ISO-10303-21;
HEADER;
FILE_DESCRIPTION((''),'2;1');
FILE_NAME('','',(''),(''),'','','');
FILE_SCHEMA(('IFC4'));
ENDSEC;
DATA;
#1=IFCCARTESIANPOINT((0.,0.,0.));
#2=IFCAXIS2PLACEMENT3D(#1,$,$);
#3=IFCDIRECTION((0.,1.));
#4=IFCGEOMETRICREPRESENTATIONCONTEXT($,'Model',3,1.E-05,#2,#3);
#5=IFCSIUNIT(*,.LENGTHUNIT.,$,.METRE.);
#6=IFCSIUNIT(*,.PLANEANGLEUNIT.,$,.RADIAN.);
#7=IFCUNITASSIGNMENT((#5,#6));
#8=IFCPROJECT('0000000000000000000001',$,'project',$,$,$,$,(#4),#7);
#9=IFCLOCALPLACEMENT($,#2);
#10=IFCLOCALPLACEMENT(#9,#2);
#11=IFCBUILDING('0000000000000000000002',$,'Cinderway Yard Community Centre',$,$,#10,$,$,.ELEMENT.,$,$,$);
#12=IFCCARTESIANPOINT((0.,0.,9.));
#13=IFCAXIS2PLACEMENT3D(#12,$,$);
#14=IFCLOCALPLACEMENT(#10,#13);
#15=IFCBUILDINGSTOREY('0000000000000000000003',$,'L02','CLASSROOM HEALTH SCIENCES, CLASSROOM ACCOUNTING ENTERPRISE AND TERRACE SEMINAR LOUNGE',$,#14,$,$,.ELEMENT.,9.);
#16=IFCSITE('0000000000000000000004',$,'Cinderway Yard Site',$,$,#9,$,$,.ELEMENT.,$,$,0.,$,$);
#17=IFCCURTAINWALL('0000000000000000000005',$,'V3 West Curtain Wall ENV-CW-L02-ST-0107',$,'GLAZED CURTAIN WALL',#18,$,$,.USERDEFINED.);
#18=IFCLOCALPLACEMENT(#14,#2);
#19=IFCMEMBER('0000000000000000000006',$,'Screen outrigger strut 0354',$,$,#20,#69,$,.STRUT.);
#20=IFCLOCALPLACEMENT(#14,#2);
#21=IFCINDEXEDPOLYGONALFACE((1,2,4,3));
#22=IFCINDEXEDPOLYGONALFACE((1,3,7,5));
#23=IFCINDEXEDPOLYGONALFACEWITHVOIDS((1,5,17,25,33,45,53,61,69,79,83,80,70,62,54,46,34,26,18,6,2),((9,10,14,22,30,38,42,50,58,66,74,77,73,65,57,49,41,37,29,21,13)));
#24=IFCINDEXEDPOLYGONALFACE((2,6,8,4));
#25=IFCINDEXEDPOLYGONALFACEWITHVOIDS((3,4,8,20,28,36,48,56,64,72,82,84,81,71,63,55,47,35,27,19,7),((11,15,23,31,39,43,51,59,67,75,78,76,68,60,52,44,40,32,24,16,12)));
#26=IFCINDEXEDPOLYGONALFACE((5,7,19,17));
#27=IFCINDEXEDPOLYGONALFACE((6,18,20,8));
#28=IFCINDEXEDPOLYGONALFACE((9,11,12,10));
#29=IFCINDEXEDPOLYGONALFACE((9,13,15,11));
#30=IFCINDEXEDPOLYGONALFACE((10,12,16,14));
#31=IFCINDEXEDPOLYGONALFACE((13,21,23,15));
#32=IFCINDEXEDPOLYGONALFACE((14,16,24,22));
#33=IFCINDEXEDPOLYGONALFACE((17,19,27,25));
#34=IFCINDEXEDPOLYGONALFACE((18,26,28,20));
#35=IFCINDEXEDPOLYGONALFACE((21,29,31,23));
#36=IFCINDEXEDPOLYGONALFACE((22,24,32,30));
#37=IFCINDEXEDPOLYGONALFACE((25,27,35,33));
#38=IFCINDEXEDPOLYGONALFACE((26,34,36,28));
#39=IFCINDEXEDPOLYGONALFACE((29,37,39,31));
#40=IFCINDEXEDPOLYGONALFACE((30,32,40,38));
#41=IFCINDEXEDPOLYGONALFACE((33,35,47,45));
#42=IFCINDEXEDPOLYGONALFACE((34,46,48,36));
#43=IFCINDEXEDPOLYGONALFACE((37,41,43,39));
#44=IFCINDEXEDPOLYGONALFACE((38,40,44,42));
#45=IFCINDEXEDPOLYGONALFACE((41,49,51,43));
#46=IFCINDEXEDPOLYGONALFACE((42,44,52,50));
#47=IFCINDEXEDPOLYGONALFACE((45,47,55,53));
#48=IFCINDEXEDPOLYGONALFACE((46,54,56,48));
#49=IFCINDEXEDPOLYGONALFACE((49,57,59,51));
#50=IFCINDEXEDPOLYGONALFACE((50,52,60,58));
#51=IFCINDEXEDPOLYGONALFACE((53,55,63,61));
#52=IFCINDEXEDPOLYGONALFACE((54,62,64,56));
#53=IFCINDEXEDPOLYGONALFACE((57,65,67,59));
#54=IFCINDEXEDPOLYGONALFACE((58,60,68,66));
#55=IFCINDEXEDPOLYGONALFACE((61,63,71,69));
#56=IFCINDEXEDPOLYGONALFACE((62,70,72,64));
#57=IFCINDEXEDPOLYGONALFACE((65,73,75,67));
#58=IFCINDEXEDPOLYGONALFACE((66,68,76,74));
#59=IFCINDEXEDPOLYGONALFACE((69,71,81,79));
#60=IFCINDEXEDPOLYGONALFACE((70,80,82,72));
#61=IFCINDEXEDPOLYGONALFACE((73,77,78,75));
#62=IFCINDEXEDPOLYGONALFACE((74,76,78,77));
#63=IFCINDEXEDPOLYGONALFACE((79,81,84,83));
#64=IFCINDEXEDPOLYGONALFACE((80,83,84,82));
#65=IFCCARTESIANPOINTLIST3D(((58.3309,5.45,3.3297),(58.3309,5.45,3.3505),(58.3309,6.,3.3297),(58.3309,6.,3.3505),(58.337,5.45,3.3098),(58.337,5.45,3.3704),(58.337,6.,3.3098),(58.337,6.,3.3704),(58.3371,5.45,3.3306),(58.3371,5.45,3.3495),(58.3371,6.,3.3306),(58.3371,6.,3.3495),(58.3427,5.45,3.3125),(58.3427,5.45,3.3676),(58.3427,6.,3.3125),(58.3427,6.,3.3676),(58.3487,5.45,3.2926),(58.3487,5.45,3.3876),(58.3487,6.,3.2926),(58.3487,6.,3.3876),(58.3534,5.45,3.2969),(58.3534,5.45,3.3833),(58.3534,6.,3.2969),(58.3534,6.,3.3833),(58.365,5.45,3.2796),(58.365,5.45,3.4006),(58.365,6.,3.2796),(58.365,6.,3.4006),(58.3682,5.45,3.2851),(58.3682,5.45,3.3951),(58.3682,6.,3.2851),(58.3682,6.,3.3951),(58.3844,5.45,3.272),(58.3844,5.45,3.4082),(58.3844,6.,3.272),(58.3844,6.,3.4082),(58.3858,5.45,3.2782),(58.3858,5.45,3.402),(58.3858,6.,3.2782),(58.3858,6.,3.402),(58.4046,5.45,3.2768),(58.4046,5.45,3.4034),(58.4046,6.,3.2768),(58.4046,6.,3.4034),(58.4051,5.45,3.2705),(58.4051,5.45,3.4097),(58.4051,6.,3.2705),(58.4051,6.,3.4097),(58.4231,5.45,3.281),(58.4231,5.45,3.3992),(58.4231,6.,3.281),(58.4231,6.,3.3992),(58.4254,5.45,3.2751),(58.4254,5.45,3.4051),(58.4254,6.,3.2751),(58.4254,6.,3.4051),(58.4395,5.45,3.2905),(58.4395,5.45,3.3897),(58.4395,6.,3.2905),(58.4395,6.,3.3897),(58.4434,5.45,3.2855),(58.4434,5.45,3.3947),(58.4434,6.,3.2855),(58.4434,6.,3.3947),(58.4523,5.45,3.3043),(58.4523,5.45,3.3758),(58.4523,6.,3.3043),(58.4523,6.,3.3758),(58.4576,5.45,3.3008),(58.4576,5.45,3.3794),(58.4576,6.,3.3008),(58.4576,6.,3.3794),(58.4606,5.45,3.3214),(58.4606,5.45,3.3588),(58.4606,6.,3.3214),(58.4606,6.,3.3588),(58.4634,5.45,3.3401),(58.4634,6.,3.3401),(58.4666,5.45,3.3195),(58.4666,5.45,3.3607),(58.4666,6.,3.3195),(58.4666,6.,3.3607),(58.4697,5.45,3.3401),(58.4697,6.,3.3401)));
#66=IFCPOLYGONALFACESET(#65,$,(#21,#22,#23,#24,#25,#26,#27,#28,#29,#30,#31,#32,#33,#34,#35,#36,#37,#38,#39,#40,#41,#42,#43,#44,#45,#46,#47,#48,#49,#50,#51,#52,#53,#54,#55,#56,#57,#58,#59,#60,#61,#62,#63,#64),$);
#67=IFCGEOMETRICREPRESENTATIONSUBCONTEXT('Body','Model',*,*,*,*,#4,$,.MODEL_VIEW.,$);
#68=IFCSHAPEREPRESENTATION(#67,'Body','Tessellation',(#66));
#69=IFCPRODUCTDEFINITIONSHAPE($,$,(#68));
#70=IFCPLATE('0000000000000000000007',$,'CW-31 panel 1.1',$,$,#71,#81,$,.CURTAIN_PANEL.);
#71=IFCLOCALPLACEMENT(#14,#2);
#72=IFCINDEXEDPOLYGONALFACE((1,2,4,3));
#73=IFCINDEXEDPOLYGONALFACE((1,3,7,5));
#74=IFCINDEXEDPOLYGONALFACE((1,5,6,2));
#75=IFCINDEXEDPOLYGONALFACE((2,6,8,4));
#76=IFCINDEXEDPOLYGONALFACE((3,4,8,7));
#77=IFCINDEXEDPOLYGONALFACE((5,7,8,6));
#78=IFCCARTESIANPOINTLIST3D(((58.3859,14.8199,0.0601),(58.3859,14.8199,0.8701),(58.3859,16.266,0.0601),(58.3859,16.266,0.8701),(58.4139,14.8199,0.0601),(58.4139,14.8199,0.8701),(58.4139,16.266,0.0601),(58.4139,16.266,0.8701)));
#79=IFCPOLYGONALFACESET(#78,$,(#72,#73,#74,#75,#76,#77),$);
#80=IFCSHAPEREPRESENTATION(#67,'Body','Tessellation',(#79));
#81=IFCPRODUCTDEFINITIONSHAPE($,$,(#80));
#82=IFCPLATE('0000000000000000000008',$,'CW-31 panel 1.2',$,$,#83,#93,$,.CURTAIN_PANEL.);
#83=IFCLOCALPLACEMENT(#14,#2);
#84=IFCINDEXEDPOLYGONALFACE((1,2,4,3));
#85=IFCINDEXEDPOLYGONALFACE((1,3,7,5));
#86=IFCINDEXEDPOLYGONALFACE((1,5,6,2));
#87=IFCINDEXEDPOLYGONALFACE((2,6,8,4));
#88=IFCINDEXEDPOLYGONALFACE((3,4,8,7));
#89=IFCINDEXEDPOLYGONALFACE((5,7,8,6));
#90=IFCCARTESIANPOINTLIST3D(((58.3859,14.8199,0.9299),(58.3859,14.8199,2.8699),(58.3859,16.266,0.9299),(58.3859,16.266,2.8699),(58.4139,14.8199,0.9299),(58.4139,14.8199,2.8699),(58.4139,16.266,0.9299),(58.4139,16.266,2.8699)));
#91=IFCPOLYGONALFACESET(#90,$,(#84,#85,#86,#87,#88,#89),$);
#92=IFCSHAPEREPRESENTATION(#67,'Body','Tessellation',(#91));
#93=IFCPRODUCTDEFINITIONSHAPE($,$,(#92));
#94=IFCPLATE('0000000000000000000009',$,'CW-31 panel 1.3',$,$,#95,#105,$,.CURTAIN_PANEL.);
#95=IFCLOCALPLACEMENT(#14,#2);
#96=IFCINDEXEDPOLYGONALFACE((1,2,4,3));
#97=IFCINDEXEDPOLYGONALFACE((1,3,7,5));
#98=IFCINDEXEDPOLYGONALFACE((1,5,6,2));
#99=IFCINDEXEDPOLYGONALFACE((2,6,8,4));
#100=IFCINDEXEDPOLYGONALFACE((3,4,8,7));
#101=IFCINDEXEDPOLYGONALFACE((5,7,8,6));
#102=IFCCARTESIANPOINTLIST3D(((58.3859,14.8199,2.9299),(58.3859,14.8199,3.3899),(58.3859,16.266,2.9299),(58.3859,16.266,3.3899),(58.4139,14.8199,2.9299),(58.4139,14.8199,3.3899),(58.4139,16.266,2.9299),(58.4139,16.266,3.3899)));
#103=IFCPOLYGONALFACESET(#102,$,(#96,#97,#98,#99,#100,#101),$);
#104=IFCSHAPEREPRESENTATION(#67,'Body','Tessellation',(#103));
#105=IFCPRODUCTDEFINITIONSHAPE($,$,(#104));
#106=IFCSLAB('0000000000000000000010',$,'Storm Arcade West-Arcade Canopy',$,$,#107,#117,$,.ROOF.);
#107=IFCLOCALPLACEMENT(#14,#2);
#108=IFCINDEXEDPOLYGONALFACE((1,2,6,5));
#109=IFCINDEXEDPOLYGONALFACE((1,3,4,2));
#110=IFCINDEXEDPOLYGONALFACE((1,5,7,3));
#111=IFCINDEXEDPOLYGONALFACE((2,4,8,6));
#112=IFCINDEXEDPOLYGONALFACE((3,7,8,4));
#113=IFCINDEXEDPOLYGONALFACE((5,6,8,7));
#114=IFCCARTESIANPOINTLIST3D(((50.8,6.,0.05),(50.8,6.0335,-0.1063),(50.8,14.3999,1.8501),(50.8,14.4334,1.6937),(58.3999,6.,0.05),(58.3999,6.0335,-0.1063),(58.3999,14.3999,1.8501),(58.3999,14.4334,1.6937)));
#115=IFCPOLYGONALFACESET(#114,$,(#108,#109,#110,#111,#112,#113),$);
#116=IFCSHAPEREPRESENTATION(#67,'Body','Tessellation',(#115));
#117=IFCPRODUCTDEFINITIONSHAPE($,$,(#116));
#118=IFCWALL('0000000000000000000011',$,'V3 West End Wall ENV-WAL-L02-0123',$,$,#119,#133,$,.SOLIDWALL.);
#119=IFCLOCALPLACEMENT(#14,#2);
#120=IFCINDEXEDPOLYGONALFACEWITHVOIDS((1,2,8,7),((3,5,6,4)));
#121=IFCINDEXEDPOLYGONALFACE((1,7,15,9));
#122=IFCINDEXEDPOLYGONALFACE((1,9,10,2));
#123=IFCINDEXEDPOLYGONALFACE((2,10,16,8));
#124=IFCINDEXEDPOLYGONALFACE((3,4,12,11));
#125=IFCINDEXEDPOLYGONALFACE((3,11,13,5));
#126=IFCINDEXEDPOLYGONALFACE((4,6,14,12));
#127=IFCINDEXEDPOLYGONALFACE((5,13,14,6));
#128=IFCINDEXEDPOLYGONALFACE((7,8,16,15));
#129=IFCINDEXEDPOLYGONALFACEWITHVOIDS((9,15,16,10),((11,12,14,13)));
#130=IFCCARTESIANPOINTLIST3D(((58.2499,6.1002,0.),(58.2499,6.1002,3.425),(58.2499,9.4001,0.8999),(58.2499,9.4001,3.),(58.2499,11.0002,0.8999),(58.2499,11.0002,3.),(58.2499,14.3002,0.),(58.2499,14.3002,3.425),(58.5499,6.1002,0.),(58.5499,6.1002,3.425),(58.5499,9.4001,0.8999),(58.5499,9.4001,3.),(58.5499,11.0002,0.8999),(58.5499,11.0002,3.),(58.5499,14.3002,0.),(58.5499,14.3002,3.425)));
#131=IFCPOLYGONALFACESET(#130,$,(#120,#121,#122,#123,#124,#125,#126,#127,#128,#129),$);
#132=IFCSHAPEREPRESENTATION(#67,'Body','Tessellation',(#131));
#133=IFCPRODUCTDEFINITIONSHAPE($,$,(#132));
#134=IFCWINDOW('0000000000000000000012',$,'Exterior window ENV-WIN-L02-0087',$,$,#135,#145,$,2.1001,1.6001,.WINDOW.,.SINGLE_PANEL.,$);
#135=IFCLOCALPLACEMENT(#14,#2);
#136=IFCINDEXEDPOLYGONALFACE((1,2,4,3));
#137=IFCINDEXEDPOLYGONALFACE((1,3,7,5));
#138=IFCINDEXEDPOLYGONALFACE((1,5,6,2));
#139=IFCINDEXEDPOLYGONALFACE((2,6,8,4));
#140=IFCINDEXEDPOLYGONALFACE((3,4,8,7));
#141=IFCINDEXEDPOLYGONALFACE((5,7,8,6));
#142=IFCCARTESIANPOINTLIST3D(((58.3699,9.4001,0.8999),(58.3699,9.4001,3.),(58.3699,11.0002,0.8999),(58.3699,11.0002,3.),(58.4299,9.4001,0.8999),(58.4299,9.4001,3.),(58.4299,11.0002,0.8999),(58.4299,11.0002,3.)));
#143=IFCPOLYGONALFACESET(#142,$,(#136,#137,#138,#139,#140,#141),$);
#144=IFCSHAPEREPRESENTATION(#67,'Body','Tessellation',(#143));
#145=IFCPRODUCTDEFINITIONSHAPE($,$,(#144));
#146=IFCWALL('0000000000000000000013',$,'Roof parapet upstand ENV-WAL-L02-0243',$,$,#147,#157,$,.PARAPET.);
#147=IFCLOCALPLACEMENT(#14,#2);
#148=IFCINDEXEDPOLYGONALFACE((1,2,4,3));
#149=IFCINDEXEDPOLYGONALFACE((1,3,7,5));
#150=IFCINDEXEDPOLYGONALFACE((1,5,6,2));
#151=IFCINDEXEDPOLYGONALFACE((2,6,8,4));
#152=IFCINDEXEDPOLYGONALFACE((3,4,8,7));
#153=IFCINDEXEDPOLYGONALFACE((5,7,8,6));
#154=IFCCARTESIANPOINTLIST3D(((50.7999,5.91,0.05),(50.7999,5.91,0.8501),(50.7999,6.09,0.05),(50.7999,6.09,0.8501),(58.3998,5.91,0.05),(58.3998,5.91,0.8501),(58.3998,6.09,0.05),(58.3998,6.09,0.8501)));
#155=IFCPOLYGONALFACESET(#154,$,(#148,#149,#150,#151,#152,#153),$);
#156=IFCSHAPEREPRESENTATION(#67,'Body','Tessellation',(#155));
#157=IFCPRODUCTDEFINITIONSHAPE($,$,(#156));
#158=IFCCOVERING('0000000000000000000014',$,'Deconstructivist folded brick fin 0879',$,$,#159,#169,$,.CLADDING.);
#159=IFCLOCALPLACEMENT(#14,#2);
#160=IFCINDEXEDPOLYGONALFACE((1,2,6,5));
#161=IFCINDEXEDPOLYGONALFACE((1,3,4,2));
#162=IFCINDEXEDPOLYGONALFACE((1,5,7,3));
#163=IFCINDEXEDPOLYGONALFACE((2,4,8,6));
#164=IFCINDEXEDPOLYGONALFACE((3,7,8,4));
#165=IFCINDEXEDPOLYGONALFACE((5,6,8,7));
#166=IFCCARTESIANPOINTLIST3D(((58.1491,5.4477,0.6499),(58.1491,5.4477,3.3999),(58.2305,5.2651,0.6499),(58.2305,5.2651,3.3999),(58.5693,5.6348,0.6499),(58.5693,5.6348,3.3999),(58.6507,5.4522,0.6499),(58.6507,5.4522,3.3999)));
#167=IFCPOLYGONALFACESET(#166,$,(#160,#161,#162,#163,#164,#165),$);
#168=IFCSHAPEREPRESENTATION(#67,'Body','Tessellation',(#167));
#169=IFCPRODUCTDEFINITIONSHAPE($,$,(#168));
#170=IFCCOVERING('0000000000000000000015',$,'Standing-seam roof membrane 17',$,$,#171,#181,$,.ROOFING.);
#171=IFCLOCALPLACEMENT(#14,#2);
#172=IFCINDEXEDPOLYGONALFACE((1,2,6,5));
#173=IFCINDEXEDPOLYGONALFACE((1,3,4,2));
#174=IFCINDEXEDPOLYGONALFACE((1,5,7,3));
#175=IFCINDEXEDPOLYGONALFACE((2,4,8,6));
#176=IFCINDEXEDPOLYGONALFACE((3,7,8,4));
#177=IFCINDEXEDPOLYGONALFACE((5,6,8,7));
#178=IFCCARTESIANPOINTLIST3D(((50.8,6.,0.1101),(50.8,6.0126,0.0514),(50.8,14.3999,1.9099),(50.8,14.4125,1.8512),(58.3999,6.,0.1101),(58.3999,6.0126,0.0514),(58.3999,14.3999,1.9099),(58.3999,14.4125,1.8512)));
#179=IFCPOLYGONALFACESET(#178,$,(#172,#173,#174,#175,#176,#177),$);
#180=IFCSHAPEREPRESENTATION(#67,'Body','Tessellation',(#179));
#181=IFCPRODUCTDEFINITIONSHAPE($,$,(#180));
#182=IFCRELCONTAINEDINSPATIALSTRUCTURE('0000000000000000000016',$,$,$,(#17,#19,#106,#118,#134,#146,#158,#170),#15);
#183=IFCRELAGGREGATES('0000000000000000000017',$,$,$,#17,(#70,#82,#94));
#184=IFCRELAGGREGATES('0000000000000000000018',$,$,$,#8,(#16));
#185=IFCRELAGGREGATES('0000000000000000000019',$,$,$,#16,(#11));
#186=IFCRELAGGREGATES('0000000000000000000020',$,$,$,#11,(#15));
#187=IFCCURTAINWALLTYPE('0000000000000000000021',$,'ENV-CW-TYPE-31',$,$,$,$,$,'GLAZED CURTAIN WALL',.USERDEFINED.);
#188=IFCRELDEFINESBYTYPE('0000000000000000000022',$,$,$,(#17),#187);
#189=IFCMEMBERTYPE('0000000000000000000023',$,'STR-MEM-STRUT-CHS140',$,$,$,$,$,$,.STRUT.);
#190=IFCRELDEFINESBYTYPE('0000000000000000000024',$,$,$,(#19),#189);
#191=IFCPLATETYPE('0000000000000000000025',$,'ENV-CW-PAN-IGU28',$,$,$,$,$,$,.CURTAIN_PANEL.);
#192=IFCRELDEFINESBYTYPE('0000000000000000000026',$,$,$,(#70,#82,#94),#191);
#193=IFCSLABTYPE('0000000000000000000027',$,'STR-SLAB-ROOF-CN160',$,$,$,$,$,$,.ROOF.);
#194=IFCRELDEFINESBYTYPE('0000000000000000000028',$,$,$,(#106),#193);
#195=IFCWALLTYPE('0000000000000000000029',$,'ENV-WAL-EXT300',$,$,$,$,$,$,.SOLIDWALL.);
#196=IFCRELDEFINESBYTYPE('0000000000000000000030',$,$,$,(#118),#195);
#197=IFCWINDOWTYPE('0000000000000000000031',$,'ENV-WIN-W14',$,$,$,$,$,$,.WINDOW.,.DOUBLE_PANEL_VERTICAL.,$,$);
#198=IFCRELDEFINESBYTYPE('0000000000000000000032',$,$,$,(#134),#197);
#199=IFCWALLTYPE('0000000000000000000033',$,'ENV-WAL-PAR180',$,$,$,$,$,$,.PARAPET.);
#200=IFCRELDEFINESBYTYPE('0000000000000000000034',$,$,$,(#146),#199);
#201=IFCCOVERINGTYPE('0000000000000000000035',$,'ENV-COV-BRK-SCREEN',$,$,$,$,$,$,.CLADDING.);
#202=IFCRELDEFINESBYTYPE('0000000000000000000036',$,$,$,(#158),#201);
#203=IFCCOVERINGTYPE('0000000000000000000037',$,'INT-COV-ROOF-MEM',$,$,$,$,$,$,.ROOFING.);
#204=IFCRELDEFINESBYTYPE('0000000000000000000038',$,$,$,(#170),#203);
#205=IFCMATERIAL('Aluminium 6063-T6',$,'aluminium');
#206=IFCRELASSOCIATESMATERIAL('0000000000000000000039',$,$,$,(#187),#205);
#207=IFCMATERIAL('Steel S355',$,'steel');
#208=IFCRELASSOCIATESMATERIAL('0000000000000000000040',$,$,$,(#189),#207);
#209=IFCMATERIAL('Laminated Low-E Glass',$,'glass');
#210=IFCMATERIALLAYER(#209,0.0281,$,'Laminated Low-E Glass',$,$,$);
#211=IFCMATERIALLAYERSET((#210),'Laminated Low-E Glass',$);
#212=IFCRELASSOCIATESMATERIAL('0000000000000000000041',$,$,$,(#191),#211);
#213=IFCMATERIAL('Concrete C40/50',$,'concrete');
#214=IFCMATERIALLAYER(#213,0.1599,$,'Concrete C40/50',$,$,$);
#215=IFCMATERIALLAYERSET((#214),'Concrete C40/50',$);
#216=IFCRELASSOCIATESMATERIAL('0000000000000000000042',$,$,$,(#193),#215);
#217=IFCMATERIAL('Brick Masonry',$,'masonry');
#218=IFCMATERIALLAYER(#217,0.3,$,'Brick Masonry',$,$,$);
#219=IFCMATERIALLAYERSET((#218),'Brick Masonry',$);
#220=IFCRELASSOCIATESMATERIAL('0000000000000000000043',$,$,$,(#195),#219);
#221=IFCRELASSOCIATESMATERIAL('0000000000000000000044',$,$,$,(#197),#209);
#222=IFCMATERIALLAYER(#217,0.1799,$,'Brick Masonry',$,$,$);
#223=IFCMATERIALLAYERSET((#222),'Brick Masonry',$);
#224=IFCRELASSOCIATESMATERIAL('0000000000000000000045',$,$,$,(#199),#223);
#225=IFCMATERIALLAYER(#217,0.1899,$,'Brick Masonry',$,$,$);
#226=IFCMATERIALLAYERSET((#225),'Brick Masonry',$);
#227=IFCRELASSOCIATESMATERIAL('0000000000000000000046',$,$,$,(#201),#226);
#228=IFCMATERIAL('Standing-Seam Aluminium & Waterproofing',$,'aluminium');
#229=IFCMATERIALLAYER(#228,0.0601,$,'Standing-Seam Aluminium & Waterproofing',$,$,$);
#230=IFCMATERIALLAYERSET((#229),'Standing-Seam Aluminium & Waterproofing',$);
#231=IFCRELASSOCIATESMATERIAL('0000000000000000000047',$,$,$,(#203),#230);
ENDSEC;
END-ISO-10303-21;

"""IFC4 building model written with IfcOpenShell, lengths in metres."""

from ifc_helpers import new_model, si_unit, direction, frame, frame_2d, origin, origin_2d, place, context, subcontext, project, spatial, polyline, rectangle, hollow_circle, outline, extrude, material, layer, layer_set, material_profile, profile_set, type_object, element, fill, aggregate, save


model = new_model("IFC4")

# Units and contexts
model_context = context("Model", 3, precision=1e-05, world=origin(), true_north=direction((0.0, 1.0)))
body_context = subcontext(model_context, "Body", "Model", "MODEL_VIEW")
ifc_project = project(units=[si_unit("LENGTHUNIT", "METRE"), si_unit("PLANEANGLEUNIT", "RADIAN")], contexts=[model_context])

# Site, building, storey
site_placement = place(None, origin())
site = spatial("IfcSite", under=ifc_project, at=site_placement, Name="Cinderway Yard Site", CompositionType="ELEMENT", RefElevation=0.0)
building_placement = place(site_placement, origin())
building = spatial("IfcBuilding", under=site, at=building_placement, Name="Cinderway Yard Community Centre", CompositionType="ELEMENT")
storey_placement = place(building_placement, frame((0.0, 0.0, 9.0)))
storey = spatial("IfcBuildingStorey", under=building, at=storey_placement, Name="L02", Description="CLASSROOM HEALTH SCIENCES, CLASSROOM ACCOUNTING ENTERPRISE AND TERRACE SEMINAR LOUNGE", CompositionType="ELEMENT", Elevation=9.0)

# Shared definitions
ifc_material_1 = material(Name="Concrete C40/50", Category="concrete")

# Curtain wall
ifc_material_2 = material(Name="Aluminium 6063-T6", Category="aluminium")
curtain_wall_type = type_object("IfcCurtainWallType", Name="ENV-CW-TYPE-31", ElementType="GLAZED CURTAIN WALL", PredefinedType="USERDEFINED", material=ifc_material_2)
curtain_wall_placement = place(storey_placement, origin())
curtain_wall = element("IfcCurtainWall", 1, at=curtain_wall_placement, inside=storey, type_object=curtain_wall_type, Name="V3 West Curtain Wall ENV-CW-L02-ST-0107", ObjectType="GLAZED CURTAIN WALL", PredefinedType="USERDEFINED")

# Shared definitions
ifc_material_3 = material(Name="Steel S355", Category="steel")

# Member
ifc_material_profile_1 = material_profile(ifc_material_3, hollow_circle(Radius=0.0698, WallThickness=0.0063, at=origin_2d()), Name="Steel S355")
ifc_profile_set_1 = profile_set([ifc_material_profile_1], Name="Steel S355")
member_type_1 = type_object("IfcMemberType", Name="STR-MEM-STRUT-CHS140", PredefinedType="STRUT", material=ifc_profile_set_1)
for number, where, z_axis, x_axis, name in (
    (2, (58.3999, 6.0, 3.3401), (0.0, -1.0, 0.0), (1.0, 0.0, 0.0), "Screen outrigger strut 0354"),
):
    element("IfcMember", number, at=place(storey_placement, frame(where, z_axis=z_axis, x_axis=x_axis)), inside=storey, type_object=member_type_1, Name=name, PredefinedType="STRUT", context=body_context, shape_type="SweptSolid", body=[
        extrude(hollow_circle(Radius=0.0698, WallThickness=0.0063, at=origin_2d()), origin(), (0.0, 0.0, 1.0), 0.55),
    ])

# Plates
ifc_material_4 = material(Name="Laminated Low-E Glass", Category="glass")
ifc_layer_1 = layer(ifc_material_4, 0.0281, Name="Laminated Low-E Glass")
ifc_layer_set_1 = layer_set([ifc_layer_1], Name="Laminated Low-E Glass")
plate_type = type_object("IfcPlateType", Name="ENV-CW-PAN-IGU28", PredefinedType="CURTAIN_PANEL", material=ifc_layer_set_1)
plate_1_placement = place(storey_placement, frame((58.3999, 15.543, 0.0601), z_axis=(0.0, 0.0, 1.0), x_axis=(0.0, 1.0, 0.0)))
plate_1 = element("IfcPlate", 3, at=plate_1_placement, type_object=plate_type, Name="CW-31 panel 1.1", PredefinedType="CURTAIN_PANEL", context=body_context, shape_type="SweptSolid", body=[
    extrude(rectangle(XDim=1.446, YDim=0.0281, at=origin_2d()), origin(), (0.0, 0.0, 1.0), 0.8101),
])
plate_2_placement = place(storey_placement, frame((58.3999, 15.543, 0.9299), z_axis=(0.0, 0.0, 1.0), x_axis=(0.0, 1.0, 0.0)))
plate_2 = element("IfcPlate", 4, at=plate_2_placement, type_object=plate_type, Name="CW-31 panel 1.2", PredefinedType="CURTAIN_PANEL", context=body_context, shape_type="SweptSolid", body=[
    extrude(rectangle(XDim=1.446, YDim=0.0281, at=origin_2d()), origin(), (0.0, 0.0, 1.0), 1.9399),
])
plate_3_placement = place(storey_placement, frame((58.3999, 15.543, 2.9299), z_axis=(0.0, 0.0, 1.0), x_axis=(0.0, 1.0, 0.0)))
plate_3 = element("IfcPlate", 5, at=plate_3_placement, type_object=plate_type, Name="CW-31 panel 1.3", PredefinedType="CURTAIN_PANEL", context=body_context, shape_type="SweptSolid", body=[
    extrude(rectangle(XDim=1.446, YDim=0.0281, at=origin_2d()), origin(), (0.0, 0.0, 1.0), 0.46),
])
aggregate(curtain_wall, [plate_1, plate_2, plate_3])

# Slab
ifc_layer_2 = layer(ifc_material_1, 0.1599, Name="Concrete C40/50")
ifc_layer_set_2 = layer_set([ifc_layer_2], Name="Concrete C40/50")
slab_type = type_object("IfcSlabType", Name="STR-SLAB-ROOF-CN160", PredefinedType="ROOF", material=ifc_layer_set_2)
slab_placement = place(storey_placement, frame((50.8, 6.0, 0.05), z_axis=(0.0, -0.209537, 0.977801), x_axis=(1.0, 0.0, 0.0)))
element("IfcSlab", 6, at=slab_placement, inside=storey, type_object=slab_type, Name="Storm Arcade West-Arcade Canopy", PredefinedType="ROOF", context=body_context, shape_type="SweptSolid", body=[
    extrude(outline(polyline([(0.0, 0.0), (7.5999, 0.0), (7.5999, 8.5906), (0.0, 8.5906), (0.0, 0.0)])), origin(), (0.0, 0.0, -1.0), 0.1599),
])

# Wall, opening, window
ifc_material_5 = material(Name="Brick Masonry", Category="masonry")
ifc_layer_3 = layer(ifc_material_5, 0.3, Name="Brick Masonry")
ifc_layer_set_3 = layer_set([ifc_layer_3], Name="Brick Masonry")
wall_type_1 = type_object("IfcWallType", Name="ENV-WAL-EXT300", PredefinedType="SOLIDWALL", material=ifc_layer_set_3)
wall_1_placement = place(storey_placement, frame((58.3999, 6.1001, 0.0), z_axis=(0.0, 0.0, 1.0), x_axis=(0.0, 1.0, 0.0)))
wall_1 = element("IfcWall", 7, at=wall_1_placement, inside=storey, type_object=wall_type_1, Name="V3 West End Wall ENV-WAL-L02-0123", PredefinedType="SOLIDWALL", context=body_context, shape_type="SweptSolid", body=[
    extrude(rectangle(XDim=8.2, YDim=0.3, at=frame_2d((4.1001, 0.0))), origin(), (0.0, 0.0, 1.0), 3.425),
])
opening_placement = place(wall_1_placement, frame((3.3, 0.0, 0.8999)))
opening = element("IfcOpeningElement", 8, at=opening_placement, cuts=wall_1, PredefinedType="OPENING", context=body_context, shape_type="SweptSolid", body=[
    extrude(rectangle(XDim=1.6001, YDim=2.1001, at=frame_2d((0.8, 1.05))), frame((0.0, 0.1599, 0.0), z_axis=(0.0, -1.0, 0.0), x_axis=(1.0, 0.0, 0.0)), (0.0, 0.0, 1.0), 0.3201),
])
window_type = type_object("IfcWindowType", Name="ENV-WIN-W14", PartitioningType="DOUBLE_PANEL_VERTICAL", PredefinedType="WINDOW", material=ifc_material_4)
window_placement = place(opening_placement, origin())
window = element("IfcWindow", 9, at=window_placement, inside=storey, type_object=window_type, Name="Exterior window ENV-WIN-L02-0087", OverallHeight=2.1001, OverallWidth=1.6001, PartitioningType="SINGLE_PANEL", PredefinedType="WINDOW", context=body_context, shape_type="SweptSolid", body=[
    extrude(rectangle(XDim=1.6001, YDim=2.1001, at=frame_2d((0.8, 1.05))), frame((0.0, 0.03, 0.0), z_axis=(0.0, -1.0, 0.0), x_axis=(1.0, 0.0, 0.0)), (0.0, 0.0, 1.0), 0.0601),
])
fill(opening, window)

# Wall
ifc_layer_4 = layer(ifc_material_5, 0.1799, Name="Brick Masonry")
ifc_layer_set_4 = layer_set([ifc_layer_4], Name="Brick Masonry")
wall_type_2 = type_object("IfcWallType", Name="ENV-WAL-PAR180", PredefinedType="PARAPET", material=ifc_layer_set_4)
wall_2_placement = place(storey_placement, frame((50.8, 6.0, 0.05), z_axis=(0.0, 0.0, 1.0), x_axis=(1.0, 0.0, 0.0)))
element("IfcWall", 10, at=wall_2_placement, inside=storey, type_object=wall_type_2, Name="Roof parapet upstand ENV-WAL-L02-0243", PredefinedType="PARAPET", context=body_context, shape_type="SweptSolid", body=[
    extrude(rectangle(XDim=7.5999, YDim=0.1799, at=frame_2d((3.7998, 0.0))), origin(), (0.0, 0.0, 1.0), 0.8),
])

# Coverings
ifc_layer_5 = layer(ifc_material_5, 0.1899, Name="Brick Masonry")
ifc_layer_set_5 = layer_set([ifc_layer_5], Name="Brick Masonry")
covering_type_1 = type_object("IfcCoveringType", Name="ENV-COV-BRK-SCREEN", PredefinedType="CLADDING", material=ifc_layer_set_5)
covering_1_placement = place(storey_placement, frame((58.3999, 5.45, 0.6499), z_axis=(0.0, 0.0, 1.0), x_axis=(-0.913545, -0.406737, 0.0)))
element("IfcCovering", 11, at=covering_1_placement, inside=storey, type_object=covering_type_1, Name="Deconstructivist folded brick fin 0879", PredefinedType="CLADDING", context=body_context, shape_type="SweptSolid", body=[
    extrude(rectangle(XDim=0.46, YDim=0.2, at=origin_2d()), origin(), (0.0, 0.0, 1.0), 2.75),
])
ifc_material_6 = material(Name="Standing-Seam Aluminium & Waterproofing", Category="aluminium")
ifc_layer_6 = layer(ifc_material_6, 0.0601, Name="Standing-Seam Aluminium & Waterproofing")
ifc_layer_set_6 = layer_set([ifc_layer_6], Name="Standing-Seam Aluminium & Waterproofing")
covering_type_2 = type_object("IfcCoveringType", Name="INT-COV-ROOF-MEM", PredefinedType="ROOFING", material=ifc_layer_set_6)
covering_2_placement = place(storey_placement, frame((50.8, 6.0, 0.1101), z_axis=(0.0, -0.20951, 0.977807), x_axis=(1.0, 0.0, 0.0)))
element("IfcCovering", 12, at=covering_2_placement, inside=storey, type_object=covering_type_2, Name="Standing-seam roof membrane 17", PredefinedType="ROOFING", context=body_context, shape_type="SweptSolid", body=[
    extrude(outline(polyline([(0.0, 0.0), (7.5999, 0.0), (7.5999, 8.5906), (0.0, 8.5906), (0.0, 0.0)])), origin(), (0.0, 0.0, -1.0), 0.0601),
])

save(model, "model.ifc")
